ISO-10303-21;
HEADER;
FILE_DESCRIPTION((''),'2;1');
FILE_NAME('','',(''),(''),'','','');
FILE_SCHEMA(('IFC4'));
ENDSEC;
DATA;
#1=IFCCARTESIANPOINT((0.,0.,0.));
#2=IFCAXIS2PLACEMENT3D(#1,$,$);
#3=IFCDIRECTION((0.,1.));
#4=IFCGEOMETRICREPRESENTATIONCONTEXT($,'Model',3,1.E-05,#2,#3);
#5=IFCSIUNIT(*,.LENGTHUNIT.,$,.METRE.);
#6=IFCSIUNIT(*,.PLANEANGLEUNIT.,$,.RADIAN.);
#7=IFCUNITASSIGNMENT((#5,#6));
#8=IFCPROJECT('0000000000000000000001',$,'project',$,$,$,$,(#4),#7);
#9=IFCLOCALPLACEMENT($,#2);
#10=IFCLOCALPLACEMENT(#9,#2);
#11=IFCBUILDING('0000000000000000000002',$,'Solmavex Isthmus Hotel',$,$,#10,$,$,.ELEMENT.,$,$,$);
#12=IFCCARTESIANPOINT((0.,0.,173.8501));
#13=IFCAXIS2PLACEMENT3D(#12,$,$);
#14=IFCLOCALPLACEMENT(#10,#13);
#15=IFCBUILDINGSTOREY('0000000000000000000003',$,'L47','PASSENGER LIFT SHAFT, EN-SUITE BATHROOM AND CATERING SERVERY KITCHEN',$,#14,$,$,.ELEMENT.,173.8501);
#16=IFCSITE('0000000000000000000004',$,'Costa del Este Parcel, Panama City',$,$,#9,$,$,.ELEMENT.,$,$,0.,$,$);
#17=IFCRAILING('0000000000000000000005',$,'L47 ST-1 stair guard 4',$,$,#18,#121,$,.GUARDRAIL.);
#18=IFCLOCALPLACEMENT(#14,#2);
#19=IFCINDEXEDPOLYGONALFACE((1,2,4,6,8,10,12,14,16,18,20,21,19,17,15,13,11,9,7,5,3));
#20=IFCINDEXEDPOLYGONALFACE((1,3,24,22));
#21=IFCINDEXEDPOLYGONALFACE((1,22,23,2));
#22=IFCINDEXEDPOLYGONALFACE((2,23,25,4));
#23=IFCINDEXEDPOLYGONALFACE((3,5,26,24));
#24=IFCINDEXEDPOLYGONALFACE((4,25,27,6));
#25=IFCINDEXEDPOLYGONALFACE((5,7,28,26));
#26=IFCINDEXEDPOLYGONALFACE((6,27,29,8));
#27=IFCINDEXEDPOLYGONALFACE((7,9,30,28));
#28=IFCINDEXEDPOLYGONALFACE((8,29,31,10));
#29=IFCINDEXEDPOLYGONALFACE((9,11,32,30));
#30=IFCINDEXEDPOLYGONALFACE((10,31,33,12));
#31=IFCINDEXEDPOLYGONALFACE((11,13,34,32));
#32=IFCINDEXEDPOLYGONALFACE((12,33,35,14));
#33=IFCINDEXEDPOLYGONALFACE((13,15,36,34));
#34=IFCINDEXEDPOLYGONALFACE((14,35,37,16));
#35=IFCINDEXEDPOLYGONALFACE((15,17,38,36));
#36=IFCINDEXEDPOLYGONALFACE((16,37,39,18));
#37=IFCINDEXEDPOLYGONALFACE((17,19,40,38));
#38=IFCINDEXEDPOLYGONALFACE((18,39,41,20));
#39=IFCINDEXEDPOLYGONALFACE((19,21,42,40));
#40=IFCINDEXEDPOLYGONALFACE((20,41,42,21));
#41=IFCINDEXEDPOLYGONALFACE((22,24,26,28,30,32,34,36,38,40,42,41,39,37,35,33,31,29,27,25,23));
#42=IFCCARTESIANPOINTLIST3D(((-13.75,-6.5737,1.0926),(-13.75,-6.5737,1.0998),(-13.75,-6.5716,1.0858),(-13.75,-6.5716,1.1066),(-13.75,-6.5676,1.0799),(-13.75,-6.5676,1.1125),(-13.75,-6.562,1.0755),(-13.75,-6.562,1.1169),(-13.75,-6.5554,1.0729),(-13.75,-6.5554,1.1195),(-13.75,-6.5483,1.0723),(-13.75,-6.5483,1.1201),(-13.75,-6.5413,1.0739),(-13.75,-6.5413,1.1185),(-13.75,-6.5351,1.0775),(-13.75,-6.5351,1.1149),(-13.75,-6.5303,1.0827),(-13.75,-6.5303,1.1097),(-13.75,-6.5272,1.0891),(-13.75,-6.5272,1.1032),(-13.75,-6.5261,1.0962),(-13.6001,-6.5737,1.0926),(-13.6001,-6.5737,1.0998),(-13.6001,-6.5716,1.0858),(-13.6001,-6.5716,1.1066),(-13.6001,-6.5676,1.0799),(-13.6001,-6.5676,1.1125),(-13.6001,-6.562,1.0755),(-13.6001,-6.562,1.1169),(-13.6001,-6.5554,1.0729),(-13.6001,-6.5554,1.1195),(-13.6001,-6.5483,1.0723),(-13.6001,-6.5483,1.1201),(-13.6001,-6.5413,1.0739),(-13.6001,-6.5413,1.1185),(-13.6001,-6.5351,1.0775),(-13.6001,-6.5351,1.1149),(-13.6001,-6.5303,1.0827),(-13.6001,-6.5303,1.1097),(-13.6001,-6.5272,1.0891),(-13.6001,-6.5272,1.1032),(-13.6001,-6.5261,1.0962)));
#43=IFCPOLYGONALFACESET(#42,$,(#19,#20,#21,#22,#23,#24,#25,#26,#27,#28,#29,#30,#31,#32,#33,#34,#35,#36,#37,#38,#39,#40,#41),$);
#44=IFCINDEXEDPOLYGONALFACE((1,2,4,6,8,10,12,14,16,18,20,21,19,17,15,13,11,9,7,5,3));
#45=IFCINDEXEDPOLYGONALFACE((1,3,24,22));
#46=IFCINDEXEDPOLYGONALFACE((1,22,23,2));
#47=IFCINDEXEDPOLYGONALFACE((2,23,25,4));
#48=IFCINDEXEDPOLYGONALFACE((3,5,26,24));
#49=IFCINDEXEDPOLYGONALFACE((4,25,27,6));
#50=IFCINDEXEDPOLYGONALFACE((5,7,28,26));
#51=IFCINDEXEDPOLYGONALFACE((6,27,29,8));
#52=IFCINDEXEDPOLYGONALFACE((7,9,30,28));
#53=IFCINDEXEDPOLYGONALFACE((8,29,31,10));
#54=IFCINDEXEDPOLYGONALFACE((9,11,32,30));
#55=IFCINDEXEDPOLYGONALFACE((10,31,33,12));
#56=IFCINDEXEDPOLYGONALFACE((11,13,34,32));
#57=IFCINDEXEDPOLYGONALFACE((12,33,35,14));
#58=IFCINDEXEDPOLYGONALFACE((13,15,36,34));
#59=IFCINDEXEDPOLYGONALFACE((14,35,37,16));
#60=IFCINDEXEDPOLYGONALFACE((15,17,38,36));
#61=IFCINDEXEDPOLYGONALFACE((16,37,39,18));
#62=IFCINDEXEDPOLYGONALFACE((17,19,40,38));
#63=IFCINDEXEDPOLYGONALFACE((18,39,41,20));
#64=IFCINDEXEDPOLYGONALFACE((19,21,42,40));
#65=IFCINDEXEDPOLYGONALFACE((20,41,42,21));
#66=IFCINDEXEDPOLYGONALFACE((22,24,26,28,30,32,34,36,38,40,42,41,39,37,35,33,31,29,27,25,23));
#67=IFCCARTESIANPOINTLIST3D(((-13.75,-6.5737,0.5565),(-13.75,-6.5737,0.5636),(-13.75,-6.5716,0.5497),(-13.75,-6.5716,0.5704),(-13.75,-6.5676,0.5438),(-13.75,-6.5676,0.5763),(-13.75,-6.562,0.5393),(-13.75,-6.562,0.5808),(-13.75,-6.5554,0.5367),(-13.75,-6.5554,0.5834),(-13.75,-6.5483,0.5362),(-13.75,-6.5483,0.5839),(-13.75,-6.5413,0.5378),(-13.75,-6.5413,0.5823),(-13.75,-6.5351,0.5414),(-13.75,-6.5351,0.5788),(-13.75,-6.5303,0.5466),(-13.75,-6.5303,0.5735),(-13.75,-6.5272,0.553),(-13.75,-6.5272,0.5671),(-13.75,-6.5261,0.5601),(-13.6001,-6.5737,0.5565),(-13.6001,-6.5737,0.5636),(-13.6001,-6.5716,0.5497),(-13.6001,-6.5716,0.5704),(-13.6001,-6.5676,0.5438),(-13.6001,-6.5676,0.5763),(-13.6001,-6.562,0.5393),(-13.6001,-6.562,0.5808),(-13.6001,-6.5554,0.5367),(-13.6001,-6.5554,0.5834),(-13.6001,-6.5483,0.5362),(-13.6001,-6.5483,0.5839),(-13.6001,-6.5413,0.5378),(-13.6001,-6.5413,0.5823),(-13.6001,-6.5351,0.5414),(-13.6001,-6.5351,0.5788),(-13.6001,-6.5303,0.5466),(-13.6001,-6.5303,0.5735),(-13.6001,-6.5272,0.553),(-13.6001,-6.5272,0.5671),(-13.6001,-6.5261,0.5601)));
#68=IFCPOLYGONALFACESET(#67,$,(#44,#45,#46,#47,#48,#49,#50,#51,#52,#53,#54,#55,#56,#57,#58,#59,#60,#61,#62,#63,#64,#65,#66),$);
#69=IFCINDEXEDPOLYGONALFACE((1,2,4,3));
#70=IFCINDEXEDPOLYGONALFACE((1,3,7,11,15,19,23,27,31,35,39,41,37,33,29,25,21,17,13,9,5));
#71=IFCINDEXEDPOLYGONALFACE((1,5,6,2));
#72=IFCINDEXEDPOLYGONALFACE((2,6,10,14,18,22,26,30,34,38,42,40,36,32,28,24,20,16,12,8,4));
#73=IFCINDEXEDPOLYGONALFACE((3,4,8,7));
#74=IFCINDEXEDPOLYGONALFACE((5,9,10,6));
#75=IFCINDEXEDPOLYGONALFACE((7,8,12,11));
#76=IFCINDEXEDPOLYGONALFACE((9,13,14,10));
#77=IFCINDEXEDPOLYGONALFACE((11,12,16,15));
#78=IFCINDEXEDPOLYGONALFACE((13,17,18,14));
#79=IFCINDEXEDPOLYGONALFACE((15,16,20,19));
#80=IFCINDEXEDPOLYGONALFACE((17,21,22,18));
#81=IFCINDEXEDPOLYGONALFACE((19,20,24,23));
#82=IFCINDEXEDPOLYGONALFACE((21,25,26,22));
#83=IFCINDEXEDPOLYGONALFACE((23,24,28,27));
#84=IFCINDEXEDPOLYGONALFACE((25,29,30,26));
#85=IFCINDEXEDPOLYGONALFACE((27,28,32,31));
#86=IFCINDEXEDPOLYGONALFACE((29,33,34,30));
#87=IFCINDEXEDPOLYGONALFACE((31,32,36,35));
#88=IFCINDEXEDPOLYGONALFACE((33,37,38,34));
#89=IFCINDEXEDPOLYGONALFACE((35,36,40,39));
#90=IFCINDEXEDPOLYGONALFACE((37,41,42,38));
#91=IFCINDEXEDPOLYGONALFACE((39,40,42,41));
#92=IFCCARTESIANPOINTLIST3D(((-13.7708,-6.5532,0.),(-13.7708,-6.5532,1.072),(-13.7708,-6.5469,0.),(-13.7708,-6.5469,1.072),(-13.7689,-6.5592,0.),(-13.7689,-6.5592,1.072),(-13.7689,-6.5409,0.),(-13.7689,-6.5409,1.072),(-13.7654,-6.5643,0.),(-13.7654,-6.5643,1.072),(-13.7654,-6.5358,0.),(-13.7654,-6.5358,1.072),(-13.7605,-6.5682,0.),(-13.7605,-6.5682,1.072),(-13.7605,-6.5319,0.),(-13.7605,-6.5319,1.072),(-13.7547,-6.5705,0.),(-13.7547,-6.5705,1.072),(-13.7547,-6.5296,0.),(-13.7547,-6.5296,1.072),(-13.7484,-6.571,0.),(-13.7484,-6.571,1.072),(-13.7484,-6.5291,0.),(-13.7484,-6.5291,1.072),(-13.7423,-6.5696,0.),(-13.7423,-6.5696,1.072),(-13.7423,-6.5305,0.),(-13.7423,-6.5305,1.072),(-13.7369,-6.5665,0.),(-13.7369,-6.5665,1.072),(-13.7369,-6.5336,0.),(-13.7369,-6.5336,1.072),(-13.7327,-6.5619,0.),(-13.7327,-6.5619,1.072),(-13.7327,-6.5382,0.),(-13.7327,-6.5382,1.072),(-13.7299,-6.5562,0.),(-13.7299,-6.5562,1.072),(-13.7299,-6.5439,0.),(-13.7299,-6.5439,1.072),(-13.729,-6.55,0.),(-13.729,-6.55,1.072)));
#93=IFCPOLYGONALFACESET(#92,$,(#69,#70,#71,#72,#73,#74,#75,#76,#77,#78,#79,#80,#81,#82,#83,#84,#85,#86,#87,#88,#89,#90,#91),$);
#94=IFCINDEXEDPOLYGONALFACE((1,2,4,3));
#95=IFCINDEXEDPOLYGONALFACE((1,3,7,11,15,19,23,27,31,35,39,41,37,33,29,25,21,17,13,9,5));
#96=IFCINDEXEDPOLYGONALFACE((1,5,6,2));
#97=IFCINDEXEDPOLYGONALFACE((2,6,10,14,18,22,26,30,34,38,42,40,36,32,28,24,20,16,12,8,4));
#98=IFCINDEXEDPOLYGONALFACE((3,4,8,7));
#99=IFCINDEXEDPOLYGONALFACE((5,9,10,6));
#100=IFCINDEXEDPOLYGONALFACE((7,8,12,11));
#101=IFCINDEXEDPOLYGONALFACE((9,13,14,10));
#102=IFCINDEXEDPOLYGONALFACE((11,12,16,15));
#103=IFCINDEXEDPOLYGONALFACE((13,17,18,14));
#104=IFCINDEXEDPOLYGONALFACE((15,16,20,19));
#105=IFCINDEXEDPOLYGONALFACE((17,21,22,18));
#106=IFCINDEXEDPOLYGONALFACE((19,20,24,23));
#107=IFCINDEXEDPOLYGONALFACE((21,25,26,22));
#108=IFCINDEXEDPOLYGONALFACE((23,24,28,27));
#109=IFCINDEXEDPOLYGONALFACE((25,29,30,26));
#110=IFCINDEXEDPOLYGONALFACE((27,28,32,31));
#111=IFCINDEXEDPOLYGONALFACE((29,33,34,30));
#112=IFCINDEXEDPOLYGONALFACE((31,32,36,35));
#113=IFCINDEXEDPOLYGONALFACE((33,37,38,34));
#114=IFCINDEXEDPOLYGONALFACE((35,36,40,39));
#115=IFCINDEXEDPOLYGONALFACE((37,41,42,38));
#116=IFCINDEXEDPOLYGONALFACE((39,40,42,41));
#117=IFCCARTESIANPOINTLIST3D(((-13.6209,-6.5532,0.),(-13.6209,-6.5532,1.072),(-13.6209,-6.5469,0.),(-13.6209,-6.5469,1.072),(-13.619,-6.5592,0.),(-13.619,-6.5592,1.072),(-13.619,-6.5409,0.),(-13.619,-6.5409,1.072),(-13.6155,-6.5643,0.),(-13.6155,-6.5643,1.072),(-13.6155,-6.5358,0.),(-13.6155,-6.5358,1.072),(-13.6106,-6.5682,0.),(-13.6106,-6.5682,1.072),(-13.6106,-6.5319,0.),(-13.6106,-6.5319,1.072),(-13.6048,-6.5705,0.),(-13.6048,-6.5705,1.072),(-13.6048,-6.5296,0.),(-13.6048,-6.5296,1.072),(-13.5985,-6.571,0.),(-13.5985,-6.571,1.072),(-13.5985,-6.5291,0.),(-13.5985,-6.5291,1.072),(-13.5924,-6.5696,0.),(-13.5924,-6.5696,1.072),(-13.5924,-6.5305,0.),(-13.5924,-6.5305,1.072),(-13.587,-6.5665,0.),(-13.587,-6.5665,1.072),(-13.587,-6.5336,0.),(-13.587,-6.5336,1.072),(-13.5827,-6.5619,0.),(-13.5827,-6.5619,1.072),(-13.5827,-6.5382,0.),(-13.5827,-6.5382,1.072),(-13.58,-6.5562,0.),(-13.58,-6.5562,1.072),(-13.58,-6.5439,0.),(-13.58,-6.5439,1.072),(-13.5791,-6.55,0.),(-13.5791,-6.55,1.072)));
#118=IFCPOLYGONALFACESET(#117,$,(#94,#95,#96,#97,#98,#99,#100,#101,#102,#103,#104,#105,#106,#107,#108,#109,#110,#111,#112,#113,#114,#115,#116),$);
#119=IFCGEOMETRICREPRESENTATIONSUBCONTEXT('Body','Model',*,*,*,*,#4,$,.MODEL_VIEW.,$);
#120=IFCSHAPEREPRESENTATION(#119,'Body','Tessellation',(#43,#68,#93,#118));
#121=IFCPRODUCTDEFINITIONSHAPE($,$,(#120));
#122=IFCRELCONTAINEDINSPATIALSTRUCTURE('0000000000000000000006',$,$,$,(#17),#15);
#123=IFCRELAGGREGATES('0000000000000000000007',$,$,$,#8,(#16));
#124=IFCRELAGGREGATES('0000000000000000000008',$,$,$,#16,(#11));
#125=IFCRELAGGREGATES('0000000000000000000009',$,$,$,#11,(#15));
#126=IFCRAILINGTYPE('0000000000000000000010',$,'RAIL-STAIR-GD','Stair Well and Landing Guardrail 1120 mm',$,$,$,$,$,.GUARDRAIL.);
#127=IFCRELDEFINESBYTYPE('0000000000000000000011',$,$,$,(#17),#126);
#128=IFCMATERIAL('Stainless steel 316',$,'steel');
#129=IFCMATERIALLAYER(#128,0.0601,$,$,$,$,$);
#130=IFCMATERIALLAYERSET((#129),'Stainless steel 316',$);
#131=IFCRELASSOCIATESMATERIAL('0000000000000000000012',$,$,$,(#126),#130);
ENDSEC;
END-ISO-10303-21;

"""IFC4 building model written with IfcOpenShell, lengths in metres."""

from ifc_helpers import new_model, si_unit, direction, frame, origin, origin_2d, place, context, subcontext, project, spatial, circle, extrude, material, layer, layer_set, type_object, element, save


model = new_model("IFC4")

# Units and contexts
model_context = context("Model", 3, precision=1e-05, world=origin(), true_north=direction((0.0, 1.0)))
body_context = subcontext(model_context, "Body", "Model", "MODEL_VIEW")
ifc_project = project(units=[si_unit("LENGTHUNIT", "METRE"), si_unit("PLANEANGLEUNIT", "RADIAN")], contexts=[model_context])

# Site, building, storey
site_placement = place(None, origin())
site = spatial("IfcSite", under=ifc_project, at=site_placement, Name="Costa del Este Parcel, Panama City", CompositionType="ELEMENT", RefElevation=0.0)
building_placement = place(site_placement, origin())
building = spatial("IfcBuilding", under=site, at=building_placement, Name="Solmavex Isthmus Hotel", CompositionType="ELEMENT")
storey_placement = place(building_placement, frame((0.0, 0.0, 173.8501)))
storey = spatial("IfcBuildingStorey", under=building, at=storey_placement, Name="L47", Description="PASSENGER LIFT SHAFT, EN-SUITE BATHROOM AND CATERING SERVERY KITCHEN", CompositionType="ELEMENT", Elevation=173.8501)

# Railing
ifc_material_1 = material(Name="Stainless steel 316", Category="steel")
ifc_layer_1 = layer(ifc_material_1, 0.0601)
ifc_layer_set_1 = layer_set([ifc_layer_1], Name="Stainless steel 316")
railing_type_1 = type_object("IfcRailingType", Name="RAIL-STAIR-GD", Description="Stair Well and Landing Guardrail 1120 mm", PredefinedType="GUARDRAIL", material=ifc_layer_set_1)
railing_1_placement = place(storey_placement, frame((-13.75, -6.55, 0.0)))
element("IfcRailing", 1, at=railing_1_placement, inside=storey, type_object=railing_type_1, Name="L47 ST-1 stair guard 4", PredefinedType="GUARDRAIL", context=body_context, shape_type="SweptSolid", body=[
    extrude(circle(Radius=0.0239, at=origin_2d()), frame((0.0, 0.0, 1.0962), z_axis=(1.0, 0.0, 0.0), x_axis=(0.0, 1.0, 0.0)), (0.0, 0.0, 1.0), 0.1499),
    extrude(circle(Radius=0.0239, at=origin_2d()), frame((0.0, 0.0, 0.5601), z_axis=(1.0, 0.0, 0.0), x_axis=(0.0, 1.0, 0.0)), (0.0, 0.0, 1.0), 0.1499),
    extrude(circle(Radius=0.021, at=origin_2d()), origin(), (0.0, 0.0, 1.0), 1.072),
    extrude(circle(Radius=0.021, at=origin_2d()), frame((0.1499, 0.0, 0.0)), (0.0, 0.0, 1.0), 1.072),
])

save(model, "model.ifc")
